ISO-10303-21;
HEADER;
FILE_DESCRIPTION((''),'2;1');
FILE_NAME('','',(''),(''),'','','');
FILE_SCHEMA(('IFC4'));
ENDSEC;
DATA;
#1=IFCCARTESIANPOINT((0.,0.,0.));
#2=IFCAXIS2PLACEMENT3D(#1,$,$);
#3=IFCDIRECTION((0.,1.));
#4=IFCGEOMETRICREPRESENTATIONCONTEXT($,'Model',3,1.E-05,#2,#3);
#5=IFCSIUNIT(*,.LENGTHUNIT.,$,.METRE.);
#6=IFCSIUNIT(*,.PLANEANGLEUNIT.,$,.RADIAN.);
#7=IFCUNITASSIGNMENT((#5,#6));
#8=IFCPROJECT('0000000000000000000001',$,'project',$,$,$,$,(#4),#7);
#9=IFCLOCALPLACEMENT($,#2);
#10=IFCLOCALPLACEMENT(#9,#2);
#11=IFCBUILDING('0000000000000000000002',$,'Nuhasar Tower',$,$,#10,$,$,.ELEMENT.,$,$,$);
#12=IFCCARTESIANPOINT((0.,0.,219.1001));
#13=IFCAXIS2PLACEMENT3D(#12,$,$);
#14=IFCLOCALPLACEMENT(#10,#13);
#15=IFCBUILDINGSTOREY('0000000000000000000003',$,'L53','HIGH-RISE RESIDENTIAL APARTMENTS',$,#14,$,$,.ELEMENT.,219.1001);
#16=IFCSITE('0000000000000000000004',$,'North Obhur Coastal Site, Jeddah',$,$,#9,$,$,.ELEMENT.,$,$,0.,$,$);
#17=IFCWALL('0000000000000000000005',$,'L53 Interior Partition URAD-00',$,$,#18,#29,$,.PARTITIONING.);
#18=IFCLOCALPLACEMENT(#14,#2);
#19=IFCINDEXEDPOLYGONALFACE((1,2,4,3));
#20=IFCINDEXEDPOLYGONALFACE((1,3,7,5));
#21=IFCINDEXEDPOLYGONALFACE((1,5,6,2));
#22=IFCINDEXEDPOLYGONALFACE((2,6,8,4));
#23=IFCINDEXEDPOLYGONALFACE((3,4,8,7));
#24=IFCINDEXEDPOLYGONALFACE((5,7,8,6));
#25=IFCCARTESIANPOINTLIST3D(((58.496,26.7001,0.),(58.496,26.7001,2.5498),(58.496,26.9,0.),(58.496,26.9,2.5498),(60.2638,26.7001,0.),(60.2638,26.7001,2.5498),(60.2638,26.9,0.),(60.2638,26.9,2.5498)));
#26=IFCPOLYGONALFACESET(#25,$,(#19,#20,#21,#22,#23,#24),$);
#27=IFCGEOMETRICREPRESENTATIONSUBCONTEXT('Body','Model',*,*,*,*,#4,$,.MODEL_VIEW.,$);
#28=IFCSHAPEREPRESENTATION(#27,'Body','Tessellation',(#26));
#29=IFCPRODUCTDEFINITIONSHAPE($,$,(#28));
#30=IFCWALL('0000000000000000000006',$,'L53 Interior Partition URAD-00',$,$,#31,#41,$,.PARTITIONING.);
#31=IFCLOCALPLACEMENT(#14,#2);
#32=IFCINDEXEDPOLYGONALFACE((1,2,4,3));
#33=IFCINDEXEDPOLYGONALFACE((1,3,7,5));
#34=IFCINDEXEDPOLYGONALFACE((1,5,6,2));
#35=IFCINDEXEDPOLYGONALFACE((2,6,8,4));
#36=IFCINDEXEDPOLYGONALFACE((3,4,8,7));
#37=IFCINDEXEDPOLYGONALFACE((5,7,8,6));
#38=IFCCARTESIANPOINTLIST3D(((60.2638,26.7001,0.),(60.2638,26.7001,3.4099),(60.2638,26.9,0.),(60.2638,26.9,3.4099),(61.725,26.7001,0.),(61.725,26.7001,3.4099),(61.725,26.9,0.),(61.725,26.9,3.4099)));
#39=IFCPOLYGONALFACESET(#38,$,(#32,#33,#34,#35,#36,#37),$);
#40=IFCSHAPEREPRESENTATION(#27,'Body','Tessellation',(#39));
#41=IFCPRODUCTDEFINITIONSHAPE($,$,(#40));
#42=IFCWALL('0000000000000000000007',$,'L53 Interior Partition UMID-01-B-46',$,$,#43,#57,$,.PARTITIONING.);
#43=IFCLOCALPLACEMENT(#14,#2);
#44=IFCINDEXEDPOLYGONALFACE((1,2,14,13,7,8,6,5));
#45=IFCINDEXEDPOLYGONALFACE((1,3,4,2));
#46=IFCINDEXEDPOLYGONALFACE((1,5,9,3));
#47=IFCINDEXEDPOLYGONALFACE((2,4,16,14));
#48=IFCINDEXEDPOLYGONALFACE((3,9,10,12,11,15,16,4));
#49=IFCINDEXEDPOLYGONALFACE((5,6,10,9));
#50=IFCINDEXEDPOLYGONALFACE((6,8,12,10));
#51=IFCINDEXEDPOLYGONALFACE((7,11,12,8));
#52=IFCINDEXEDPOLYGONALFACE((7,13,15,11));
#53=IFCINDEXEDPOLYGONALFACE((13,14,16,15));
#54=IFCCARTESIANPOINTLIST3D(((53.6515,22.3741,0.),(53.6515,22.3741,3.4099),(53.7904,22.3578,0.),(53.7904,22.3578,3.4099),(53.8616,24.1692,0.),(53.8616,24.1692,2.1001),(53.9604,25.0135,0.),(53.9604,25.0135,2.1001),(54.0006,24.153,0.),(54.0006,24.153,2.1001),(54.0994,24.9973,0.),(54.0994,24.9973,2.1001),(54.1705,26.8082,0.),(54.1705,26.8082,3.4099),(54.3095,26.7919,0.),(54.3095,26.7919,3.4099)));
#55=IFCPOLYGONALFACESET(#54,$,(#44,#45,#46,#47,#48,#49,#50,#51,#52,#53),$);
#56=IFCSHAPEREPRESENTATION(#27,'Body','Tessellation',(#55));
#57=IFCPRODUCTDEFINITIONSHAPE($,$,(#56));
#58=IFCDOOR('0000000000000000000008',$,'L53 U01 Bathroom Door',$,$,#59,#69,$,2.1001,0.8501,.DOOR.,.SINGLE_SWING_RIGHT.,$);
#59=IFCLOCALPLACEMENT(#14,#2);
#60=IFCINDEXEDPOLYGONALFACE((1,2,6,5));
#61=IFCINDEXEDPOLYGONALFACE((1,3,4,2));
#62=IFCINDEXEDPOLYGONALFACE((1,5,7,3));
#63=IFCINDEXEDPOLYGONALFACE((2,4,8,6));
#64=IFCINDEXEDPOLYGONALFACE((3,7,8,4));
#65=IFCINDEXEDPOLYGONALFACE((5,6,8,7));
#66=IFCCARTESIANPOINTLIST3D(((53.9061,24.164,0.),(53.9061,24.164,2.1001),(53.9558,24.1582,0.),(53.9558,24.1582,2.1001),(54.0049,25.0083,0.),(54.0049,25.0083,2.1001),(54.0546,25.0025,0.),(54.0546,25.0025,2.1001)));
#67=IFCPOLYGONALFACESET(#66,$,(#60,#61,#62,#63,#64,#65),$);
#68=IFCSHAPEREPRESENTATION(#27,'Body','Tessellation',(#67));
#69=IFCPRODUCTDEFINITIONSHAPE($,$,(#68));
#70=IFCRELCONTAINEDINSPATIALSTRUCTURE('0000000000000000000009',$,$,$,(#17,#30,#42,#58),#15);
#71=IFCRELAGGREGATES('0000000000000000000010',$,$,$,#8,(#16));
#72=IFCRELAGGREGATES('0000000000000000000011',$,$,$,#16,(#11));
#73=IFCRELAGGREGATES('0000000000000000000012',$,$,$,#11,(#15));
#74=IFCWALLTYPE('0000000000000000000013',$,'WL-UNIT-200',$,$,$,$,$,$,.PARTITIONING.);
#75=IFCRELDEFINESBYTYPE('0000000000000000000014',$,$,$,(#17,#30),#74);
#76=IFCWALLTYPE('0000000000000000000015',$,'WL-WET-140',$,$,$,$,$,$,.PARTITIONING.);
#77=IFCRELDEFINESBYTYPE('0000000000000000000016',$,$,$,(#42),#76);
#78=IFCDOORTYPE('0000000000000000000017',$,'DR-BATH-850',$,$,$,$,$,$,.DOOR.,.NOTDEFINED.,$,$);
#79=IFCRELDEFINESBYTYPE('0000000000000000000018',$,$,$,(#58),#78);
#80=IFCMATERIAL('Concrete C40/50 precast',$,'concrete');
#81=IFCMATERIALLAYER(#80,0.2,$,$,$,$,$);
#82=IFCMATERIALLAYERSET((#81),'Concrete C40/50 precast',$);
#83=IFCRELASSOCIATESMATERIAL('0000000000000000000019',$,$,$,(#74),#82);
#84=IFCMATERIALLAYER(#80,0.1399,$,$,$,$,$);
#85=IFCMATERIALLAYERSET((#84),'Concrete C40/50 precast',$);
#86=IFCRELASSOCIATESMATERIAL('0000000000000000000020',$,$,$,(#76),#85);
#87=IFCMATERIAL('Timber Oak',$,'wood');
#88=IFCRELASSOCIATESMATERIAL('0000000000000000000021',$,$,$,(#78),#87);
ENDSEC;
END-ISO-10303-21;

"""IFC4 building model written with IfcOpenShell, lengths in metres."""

from ifc_helpers import new_model, si_unit, direction, frame, frame_2d, origin, place, context, subcontext, project, spatial, rectangle, extrude, material, layer, layer_set, type_object, element, fill, save


model = new_model("IFC4")

# Units and contexts
model_context = context("Model", 3, precision=1e-05, world=origin(), true_north=direction((0.0, 1.0)))
body_context = subcontext(model_context, "Body", "Model", "MODEL_VIEW")
ifc_project = project(units=[si_unit("LENGTHUNIT", "METRE"), si_unit("PLANEANGLEUNIT", "RADIAN")], contexts=[model_context])

# Site, building, storey
site_placement = place(None, origin())
site = spatial("IfcSite", under=ifc_project, at=site_placement, Name="North Obhur Coastal Site, Jeddah", CompositionType="ELEMENT", RefElevation=0.0)
building_placement = place(site_placement, origin())
building = spatial("IfcBuilding", under=site, at=building_placement, Name="Nuhasar Tower", CompositionType="ELEMENT")
storey_placement = place(building_placement, frame((0.0, 0.0, 219.1001)))
storey = spatial("IfcBuildingStorey", under=building, at=storey_placement, Name="L53", Description="HIGH-RISE RESIDENTIAL APARTMENTS", CompositionType="ELEMENT", Elevation=219.1001)

# Shared definitions
ifc_material_1 = material(Name="Timber Oak", Category="wood")

# Walls
ifc_material_2 = material(Name="Concrete C40/50 precast", Category="concrete")
ifc_layer_1 = layer(ifc_material_2, 0.2)
ifc_layer_set_1 = layer_set([ifc_layer_1], Name="Concrete C40/50 precast")
wall_type_1 = type_object("IfcWallType", Name="WL-UNIT-200", PredefinedType="PARTITIONING", material=ifc_layer_set_1)
wall_1_placement = place(storey_placement, frame((58.4961, 26.8, 0.0), z_axis=(0.0, 0.0, 1.0), x_axis=(1.0, 0.0, 0.0)))
element("IfcWall", 1, at=wall_1_placement, inside=storey, type_object=wall_type_1, Name="L53 Interior Partition URAD-00", PredefinedType="PARTITIONING", context=body_context, shape_type="SweptSolid", body=[
    extrude(rectangle(XDim=1.7678, YDim=0.2, at=frame_2d((0.8838, 0.0))), origin(), (0.0, 0.0, 1.0), 2.5498),
])
wall_2_placement = place(storey_placement, frame((60.2639, 26.8, 0.0), z_axis=(0.0, 0.0, 1.0), x_axis=(1.0, 0.0, 0.0)))
element("IfcWall", 2, at=wall_2_placement, inside=storey, type_object=wall_type_1, Name="L53 Interior Partition URAD-00", PredefinedType="PARTITIONING", context=body_context, shape_type="SweptSolid", body=[
    extrude(rectangle(XDim=1.4612, YDim=0.2, at=frame_2d((0.7305, 0.0))), origin(), (0.0, 0.0, 1.0), 3.4099),
])

# Wall, opening, door
ifc_layer_2 = layer(ifc_material_2, 0.1399)
ifc_layer_set_2 = layer_set([ifc_layer_2], Name="Concrete C40/50 precast")
wall_type_2 = type_object("IfcWallType", Name="WL-WET-140", PredefinedType="PARTITIONING", material=ifc_layer_set_2)
wall_3_placement = place(storey_placement, frame((54.24, 26.8, 0.0), z_axis=(0.0, 0.0, 1.0), x_axis=(-0.116264, -0.993218, 0.0)))
wall_3 = element("IfcWall", 3, at=wall_3_placement, inside=storey, type_object=wall_type_2, Name="L53 Interior Partition UMID-01-B-46", PredefinedType="PARTITIONING", context=body_context, shape_type="SweptSolid", body=[
    extrude(rectangle(XDim=4.4644, YDim=0.1399, at=frame_2d((2.2322, 0.0))), origin(), (0.0, 0.0, 1.0), 3.4099),
])
opening_1_placement = place(wall_3_placement, frame((1.8069, 0.0, 0.0)))
opening_1 = element("IfcOpeningElement", 4, at=opening_1_placement, cuts=wall_3, PredefinedType="OPENING", context=body_context, shape_type="SweptSolid", body=[
    extrude(rectangle(XDim=0.8501, YDim=2.1001, at=frame_2d((0.425, 1.05))), frame((0.0, 0.0801, 0.0), z_axis=(0.0, -1.0, 0.0), x_axis=(1.0, 0.0, 0.0)), (0.0, 0.0, 1.0), 0.1599),
])
door_type_1 = type_object("IfcDoorType", Name="DR-BATH-850", OperationType="NOTDEFINED", PredefinedType="DOOR", material=ifc_material_1)
door_1_placement = place(opening_1_placement, origin())
door_1 = element("IfcDoor", 5, at=door_1_placement, inside=storey, type_object=door_type_1, Name="L53 U01 Bathroom Door", OperationType="SINGLE_SWING_RIGHT", OverallHeight=2.1001, OverallWidth=0.8501, PredefinedType="DOOR", context=body_context, shape_type="SweptSolid", body=[
    extrude(rectangle(XDim=0.8501, YDim=2.1001, at=frame_2d((0.425, 1.05))), frame((0.0, 0.0249, 0.0), z_axis=(0.0, -1.0, 0.0), x_axis=(1.0, 0.0, 0.0)), (0.0, 0.0, 1.0), 0.05),
])
fill(opening_1, door_1)

save(model, "model.ifc")
